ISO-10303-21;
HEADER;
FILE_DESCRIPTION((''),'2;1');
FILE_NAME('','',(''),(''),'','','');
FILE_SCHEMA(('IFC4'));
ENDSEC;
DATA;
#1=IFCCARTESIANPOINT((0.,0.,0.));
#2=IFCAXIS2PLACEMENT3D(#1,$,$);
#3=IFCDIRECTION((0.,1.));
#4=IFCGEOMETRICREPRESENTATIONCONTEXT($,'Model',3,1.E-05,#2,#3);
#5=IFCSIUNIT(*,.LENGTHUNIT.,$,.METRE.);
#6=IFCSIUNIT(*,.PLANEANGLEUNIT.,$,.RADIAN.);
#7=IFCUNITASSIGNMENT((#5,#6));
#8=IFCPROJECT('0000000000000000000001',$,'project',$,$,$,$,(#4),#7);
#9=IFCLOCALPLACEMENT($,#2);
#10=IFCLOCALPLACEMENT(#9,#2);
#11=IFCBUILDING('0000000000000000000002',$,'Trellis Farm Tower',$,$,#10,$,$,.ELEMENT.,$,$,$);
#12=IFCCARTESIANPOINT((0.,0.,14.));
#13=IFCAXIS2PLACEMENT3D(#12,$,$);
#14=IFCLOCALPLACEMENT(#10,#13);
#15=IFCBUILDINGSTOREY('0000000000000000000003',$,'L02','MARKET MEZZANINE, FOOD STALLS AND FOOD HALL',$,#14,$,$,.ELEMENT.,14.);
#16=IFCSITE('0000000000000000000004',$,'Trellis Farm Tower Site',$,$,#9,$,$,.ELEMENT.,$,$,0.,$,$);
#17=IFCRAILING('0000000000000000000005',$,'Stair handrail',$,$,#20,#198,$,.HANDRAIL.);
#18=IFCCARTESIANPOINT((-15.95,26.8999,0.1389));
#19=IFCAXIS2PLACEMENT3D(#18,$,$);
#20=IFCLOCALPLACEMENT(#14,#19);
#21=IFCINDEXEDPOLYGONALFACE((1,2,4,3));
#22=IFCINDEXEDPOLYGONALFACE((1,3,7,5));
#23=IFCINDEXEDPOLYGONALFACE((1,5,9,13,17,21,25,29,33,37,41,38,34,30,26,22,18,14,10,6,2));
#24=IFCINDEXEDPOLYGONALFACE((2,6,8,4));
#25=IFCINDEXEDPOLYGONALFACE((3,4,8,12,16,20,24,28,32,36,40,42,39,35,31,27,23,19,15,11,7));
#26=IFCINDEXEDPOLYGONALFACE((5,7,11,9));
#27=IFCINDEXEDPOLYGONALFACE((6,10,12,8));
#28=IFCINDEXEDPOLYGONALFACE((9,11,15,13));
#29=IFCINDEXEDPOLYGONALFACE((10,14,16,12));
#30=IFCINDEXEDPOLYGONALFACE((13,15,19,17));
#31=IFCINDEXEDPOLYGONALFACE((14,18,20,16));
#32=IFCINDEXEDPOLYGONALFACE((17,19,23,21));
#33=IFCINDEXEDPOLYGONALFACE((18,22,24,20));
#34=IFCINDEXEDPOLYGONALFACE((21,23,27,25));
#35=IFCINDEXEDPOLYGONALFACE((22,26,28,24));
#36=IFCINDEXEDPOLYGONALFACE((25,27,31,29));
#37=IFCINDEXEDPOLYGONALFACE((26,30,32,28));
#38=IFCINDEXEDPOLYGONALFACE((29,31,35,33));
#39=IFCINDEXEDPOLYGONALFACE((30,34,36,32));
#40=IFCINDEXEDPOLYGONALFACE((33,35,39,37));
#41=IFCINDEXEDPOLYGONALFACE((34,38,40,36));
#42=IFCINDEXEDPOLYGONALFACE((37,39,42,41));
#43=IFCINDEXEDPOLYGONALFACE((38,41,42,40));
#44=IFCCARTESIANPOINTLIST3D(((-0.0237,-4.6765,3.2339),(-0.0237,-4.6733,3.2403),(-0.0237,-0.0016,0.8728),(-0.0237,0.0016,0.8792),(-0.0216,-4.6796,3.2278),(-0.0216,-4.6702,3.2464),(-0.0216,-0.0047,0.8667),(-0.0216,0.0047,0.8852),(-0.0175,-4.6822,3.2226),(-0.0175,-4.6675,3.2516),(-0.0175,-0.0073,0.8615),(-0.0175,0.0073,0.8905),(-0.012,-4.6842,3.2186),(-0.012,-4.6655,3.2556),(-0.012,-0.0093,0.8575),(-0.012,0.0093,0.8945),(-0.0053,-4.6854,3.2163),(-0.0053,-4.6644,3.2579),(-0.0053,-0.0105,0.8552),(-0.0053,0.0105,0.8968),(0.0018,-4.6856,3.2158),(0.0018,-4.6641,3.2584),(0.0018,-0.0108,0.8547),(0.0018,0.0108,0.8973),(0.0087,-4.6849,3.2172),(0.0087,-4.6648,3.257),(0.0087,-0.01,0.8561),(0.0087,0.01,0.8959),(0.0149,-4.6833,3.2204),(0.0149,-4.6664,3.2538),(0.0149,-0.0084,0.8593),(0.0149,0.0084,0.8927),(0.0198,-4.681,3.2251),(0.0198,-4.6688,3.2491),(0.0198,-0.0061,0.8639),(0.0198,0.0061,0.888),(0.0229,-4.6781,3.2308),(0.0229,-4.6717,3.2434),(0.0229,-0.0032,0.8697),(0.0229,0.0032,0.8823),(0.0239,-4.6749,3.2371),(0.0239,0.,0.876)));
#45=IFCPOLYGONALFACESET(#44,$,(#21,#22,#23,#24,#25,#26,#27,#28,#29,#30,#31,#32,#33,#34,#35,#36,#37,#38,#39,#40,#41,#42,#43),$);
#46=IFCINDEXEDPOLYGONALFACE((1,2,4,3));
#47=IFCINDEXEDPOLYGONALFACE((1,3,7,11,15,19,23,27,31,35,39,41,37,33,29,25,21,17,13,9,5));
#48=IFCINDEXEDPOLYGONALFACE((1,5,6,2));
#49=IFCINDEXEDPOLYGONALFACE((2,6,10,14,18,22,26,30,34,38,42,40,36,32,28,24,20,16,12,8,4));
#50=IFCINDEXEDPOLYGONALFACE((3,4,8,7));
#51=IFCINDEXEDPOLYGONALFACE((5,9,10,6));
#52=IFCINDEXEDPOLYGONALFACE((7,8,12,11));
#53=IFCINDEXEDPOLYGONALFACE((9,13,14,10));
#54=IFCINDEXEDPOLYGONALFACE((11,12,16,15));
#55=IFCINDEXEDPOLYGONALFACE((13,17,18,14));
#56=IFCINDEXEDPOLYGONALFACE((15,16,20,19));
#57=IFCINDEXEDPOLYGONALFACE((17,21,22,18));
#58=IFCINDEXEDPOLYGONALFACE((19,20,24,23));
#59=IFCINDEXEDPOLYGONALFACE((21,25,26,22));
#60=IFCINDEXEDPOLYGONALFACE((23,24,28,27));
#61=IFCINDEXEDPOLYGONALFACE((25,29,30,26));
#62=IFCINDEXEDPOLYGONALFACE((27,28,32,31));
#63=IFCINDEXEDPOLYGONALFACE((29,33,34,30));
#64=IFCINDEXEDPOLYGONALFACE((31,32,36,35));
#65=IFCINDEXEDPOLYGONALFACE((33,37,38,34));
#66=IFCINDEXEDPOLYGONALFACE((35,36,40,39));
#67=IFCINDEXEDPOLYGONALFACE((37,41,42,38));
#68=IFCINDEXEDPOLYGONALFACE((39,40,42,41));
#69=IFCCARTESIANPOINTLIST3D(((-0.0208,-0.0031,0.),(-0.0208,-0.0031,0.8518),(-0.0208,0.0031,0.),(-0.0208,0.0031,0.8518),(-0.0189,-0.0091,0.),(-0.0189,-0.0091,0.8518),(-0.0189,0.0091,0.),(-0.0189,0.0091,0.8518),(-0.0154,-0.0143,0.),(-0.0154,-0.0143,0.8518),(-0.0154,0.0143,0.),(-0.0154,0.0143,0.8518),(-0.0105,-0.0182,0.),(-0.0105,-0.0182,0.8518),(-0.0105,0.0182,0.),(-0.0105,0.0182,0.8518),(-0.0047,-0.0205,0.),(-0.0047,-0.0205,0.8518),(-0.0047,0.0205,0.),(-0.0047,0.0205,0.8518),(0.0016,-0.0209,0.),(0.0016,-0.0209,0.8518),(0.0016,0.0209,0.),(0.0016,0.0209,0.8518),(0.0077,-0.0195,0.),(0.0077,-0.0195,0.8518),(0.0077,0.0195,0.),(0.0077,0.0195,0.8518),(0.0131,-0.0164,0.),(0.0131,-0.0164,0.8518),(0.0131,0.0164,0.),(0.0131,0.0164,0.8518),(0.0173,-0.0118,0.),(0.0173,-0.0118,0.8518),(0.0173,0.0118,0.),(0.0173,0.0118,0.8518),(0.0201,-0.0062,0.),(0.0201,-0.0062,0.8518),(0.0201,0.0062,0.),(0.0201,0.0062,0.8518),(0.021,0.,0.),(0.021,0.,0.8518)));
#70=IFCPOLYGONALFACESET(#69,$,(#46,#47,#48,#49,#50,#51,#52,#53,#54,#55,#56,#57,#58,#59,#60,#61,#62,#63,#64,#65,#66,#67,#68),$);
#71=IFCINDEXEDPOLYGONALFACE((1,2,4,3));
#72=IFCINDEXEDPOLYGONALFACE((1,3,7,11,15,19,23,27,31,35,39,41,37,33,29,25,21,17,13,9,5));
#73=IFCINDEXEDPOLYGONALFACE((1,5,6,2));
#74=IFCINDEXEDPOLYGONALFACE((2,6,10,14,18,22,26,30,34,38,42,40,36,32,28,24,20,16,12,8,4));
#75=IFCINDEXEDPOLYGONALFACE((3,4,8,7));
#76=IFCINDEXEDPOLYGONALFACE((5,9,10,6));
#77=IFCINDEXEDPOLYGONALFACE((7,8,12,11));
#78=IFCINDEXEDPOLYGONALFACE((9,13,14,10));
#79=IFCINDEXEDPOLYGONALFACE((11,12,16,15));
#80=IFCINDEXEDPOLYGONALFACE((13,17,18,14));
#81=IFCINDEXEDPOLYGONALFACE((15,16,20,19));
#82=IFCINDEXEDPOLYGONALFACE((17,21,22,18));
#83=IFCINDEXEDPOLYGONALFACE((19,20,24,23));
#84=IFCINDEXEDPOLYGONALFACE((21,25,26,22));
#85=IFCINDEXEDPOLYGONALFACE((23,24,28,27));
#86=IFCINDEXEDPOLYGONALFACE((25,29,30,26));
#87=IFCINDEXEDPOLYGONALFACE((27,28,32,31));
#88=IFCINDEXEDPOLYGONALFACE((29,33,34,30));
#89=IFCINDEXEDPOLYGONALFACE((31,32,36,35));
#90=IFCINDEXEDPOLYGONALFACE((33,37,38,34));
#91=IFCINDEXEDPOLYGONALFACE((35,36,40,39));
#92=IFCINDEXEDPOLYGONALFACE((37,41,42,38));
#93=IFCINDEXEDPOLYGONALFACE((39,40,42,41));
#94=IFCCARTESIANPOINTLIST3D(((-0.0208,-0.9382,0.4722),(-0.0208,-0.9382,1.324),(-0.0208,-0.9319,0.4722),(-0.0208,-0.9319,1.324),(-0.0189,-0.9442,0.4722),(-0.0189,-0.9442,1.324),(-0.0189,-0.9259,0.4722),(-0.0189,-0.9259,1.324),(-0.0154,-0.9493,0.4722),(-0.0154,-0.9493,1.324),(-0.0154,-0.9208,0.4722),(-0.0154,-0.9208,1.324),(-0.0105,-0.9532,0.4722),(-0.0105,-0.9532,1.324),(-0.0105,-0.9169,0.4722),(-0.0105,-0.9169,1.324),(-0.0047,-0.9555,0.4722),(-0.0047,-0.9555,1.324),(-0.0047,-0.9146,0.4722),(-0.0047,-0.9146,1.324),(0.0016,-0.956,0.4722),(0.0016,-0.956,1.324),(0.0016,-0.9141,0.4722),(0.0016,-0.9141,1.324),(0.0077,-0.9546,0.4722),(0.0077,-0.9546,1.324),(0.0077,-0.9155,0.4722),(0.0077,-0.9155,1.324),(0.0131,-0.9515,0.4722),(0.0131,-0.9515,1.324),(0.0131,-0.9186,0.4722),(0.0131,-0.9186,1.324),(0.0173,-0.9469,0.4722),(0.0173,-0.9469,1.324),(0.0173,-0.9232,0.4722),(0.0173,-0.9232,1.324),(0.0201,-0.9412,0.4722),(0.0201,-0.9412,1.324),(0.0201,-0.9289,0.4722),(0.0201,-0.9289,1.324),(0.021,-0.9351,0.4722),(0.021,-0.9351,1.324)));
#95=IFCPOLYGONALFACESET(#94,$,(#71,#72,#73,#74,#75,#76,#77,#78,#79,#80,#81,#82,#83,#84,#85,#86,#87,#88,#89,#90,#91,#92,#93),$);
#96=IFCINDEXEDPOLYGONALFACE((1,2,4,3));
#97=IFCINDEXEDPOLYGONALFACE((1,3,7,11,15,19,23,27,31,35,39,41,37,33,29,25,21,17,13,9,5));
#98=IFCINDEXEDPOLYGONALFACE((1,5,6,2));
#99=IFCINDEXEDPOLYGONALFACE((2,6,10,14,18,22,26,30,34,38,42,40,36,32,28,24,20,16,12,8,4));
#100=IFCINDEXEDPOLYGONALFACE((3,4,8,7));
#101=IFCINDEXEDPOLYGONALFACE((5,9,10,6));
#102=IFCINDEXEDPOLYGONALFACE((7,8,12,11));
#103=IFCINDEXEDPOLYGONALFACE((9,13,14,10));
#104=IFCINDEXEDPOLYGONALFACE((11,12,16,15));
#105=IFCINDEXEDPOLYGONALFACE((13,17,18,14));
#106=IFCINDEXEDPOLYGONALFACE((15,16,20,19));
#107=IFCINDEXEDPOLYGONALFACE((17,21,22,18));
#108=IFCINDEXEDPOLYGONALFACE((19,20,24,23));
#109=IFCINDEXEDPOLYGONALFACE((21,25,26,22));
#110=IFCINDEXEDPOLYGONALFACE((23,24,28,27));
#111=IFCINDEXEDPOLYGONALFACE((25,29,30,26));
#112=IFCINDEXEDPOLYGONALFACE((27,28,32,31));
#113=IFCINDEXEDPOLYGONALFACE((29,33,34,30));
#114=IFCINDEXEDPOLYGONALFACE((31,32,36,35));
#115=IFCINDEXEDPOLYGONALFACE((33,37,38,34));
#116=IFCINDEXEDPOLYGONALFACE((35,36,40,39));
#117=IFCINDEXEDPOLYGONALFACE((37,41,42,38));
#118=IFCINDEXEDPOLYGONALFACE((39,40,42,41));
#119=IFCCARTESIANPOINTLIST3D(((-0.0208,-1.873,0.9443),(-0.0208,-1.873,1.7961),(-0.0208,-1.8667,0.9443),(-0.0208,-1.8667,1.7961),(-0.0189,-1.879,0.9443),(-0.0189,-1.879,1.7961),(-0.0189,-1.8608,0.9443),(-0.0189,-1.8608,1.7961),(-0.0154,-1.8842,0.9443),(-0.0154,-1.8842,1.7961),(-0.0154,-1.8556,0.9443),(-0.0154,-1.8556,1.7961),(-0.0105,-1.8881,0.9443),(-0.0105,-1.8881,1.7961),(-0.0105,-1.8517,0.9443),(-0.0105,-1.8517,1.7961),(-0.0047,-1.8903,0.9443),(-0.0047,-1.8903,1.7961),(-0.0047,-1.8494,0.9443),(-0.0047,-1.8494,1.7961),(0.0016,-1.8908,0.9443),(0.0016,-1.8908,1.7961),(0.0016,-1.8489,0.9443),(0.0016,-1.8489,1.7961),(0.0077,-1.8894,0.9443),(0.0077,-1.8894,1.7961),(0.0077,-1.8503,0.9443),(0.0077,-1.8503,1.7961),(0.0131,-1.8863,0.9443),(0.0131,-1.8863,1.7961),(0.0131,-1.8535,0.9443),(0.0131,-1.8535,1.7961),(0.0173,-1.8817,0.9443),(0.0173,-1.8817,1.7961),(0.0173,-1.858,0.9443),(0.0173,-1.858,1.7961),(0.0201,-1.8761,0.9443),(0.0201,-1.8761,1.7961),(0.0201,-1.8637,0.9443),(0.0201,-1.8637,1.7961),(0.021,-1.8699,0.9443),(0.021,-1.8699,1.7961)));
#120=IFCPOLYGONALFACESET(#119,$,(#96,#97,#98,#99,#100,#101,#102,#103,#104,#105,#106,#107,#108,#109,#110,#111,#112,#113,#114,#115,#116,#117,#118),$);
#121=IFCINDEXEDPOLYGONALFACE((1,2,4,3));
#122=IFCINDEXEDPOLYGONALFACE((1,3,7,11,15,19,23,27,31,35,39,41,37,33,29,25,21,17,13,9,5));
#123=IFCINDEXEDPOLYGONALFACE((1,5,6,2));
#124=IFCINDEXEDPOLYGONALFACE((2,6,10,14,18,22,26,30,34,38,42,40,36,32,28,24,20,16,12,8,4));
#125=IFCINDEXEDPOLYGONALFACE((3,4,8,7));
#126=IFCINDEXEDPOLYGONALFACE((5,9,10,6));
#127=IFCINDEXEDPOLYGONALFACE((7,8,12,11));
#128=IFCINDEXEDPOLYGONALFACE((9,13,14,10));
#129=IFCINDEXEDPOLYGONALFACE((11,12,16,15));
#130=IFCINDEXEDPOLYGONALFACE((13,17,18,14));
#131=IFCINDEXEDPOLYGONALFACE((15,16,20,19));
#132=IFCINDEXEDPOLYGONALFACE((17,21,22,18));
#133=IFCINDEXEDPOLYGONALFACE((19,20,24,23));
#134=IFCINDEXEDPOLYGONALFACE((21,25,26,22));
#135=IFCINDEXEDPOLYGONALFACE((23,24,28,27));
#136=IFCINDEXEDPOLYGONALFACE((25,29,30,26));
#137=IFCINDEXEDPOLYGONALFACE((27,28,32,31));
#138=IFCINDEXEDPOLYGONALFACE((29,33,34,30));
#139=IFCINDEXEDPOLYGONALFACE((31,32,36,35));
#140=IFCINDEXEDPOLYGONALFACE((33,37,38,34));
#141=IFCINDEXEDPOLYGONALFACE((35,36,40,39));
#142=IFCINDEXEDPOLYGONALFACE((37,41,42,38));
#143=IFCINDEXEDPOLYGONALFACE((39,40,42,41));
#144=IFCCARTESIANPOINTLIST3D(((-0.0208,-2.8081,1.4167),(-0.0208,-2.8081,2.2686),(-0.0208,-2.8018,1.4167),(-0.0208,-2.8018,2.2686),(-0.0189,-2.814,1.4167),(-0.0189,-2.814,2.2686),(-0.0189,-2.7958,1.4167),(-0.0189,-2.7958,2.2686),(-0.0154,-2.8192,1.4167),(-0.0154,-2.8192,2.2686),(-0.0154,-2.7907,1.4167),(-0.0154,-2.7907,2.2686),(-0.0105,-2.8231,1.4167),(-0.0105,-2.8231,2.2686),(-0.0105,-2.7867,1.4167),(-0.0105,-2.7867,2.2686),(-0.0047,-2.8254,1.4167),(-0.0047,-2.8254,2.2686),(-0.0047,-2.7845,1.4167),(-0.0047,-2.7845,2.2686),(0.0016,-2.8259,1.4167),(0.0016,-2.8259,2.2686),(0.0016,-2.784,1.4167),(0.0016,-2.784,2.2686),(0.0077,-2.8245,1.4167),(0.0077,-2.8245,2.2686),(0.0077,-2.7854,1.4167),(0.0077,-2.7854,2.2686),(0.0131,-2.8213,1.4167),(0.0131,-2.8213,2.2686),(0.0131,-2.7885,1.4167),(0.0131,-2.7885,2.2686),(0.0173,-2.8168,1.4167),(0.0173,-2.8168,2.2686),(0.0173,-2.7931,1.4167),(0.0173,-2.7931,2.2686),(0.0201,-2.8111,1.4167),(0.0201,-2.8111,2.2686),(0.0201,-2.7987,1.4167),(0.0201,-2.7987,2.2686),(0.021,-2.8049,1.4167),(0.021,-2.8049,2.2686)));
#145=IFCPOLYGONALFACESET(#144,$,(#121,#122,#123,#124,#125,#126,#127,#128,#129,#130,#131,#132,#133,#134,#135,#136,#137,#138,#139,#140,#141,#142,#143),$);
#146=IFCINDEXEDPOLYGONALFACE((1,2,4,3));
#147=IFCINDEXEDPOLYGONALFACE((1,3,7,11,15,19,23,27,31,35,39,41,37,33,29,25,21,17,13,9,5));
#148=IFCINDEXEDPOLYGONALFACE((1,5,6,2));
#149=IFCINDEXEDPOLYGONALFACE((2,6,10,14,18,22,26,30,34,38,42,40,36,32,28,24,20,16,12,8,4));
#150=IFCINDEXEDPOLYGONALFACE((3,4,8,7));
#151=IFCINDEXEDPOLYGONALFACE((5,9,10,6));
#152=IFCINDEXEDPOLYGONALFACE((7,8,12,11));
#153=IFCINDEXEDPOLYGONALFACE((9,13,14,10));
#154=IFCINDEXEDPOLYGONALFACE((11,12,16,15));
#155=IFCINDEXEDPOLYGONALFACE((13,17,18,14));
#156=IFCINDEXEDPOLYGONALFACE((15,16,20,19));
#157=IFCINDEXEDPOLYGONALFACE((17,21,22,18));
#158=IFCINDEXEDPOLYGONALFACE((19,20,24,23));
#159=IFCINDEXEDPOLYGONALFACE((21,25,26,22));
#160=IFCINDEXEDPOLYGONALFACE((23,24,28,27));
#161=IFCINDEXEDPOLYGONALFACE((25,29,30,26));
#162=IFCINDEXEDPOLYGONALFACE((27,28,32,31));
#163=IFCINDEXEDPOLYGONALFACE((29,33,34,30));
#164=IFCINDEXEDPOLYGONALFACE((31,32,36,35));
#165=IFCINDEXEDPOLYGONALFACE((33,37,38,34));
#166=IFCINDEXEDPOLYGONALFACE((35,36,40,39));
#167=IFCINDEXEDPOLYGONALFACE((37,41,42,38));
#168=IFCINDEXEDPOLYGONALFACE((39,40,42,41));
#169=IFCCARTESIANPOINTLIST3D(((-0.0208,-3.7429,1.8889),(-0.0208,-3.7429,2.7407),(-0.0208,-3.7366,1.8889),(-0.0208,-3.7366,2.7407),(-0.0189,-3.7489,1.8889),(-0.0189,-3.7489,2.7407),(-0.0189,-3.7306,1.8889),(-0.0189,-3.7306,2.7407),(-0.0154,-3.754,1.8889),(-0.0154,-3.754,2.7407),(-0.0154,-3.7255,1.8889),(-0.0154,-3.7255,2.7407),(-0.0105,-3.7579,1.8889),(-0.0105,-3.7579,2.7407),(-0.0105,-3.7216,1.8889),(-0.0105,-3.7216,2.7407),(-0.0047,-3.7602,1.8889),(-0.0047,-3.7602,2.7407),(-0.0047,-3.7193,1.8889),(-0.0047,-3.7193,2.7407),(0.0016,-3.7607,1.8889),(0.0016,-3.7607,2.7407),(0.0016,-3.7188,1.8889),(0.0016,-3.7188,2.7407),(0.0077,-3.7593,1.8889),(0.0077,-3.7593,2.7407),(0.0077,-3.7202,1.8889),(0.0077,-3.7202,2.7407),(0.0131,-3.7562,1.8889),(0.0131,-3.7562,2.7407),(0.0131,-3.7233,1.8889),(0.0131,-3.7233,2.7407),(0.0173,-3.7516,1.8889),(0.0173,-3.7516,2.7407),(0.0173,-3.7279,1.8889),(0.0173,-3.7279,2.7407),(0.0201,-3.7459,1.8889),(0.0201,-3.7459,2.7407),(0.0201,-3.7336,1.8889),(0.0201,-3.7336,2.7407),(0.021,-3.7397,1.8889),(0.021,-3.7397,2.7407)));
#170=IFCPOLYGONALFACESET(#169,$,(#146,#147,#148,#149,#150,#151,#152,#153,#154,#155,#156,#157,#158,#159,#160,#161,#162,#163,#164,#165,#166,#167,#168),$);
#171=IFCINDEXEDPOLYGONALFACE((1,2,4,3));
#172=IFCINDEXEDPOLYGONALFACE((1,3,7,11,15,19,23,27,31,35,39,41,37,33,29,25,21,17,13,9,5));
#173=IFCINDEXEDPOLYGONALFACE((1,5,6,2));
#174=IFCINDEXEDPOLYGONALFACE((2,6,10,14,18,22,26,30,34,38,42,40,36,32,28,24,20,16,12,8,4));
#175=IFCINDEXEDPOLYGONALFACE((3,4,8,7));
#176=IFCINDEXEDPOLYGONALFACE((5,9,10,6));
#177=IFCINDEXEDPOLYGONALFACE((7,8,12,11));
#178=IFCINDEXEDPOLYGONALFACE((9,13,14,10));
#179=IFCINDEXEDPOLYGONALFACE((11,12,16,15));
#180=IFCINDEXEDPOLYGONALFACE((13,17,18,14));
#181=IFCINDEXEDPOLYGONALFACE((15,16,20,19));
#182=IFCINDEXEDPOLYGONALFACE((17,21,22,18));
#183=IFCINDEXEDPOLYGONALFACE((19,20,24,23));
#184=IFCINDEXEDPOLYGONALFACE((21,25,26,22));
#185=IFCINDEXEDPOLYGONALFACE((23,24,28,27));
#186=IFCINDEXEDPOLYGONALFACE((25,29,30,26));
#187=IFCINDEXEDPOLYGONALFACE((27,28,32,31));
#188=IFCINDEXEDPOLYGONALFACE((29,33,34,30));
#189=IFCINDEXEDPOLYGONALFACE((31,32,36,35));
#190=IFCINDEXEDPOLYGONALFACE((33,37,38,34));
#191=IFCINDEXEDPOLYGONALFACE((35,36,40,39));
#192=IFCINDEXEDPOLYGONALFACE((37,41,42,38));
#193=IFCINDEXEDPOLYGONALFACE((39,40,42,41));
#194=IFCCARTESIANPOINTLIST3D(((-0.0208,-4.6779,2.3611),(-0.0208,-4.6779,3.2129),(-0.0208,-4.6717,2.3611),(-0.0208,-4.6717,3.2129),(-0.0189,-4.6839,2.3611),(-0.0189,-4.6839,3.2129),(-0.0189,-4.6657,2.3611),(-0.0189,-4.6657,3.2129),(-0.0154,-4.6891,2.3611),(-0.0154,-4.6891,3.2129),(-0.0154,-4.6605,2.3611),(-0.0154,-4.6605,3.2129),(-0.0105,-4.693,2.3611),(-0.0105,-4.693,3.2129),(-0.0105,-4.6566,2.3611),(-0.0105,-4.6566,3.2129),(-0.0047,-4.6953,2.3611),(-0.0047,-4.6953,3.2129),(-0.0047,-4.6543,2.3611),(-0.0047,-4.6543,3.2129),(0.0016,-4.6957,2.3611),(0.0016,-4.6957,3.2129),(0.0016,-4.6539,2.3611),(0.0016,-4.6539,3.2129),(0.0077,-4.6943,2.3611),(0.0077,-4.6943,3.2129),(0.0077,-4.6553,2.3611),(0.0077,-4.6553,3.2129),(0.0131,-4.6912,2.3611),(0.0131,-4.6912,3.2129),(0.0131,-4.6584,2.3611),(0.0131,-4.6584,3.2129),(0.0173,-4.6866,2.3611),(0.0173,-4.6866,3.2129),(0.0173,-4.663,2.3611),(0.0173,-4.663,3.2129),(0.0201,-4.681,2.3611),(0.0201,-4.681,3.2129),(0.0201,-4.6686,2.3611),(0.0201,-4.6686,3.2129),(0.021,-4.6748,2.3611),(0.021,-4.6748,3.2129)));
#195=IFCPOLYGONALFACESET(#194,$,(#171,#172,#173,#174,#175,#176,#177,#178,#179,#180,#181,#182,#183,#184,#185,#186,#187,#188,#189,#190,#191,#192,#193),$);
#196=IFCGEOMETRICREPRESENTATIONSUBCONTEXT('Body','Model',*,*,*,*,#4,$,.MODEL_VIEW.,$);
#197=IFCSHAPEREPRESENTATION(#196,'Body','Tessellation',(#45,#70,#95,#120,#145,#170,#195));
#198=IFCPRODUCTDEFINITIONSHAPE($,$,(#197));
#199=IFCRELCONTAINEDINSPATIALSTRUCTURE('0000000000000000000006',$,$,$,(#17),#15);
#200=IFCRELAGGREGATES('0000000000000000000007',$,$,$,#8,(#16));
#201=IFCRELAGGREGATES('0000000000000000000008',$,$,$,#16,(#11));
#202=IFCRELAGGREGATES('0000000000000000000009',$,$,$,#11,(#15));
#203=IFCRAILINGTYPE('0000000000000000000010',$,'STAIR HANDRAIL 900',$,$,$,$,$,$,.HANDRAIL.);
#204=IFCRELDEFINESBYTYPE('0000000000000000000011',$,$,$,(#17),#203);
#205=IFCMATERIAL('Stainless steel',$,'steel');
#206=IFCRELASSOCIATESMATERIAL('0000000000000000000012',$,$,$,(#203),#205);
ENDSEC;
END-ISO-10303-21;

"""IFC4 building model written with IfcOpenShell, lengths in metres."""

from ifc_helpers import new_model, si_unit, direction, frame, origin, origin_2d, place, context, subcontext, project, spatial, circle, extrude, source, transform, mapped, material, type_object, element, save


model = new_model("IFC4")

# Units and contexts
model_context = context("Model", 3, precision=1e-05, world=origin(), true_north=direction((0.0, 1.0)))
body_context = subcontext(model_context, "Body", "Model", "MODEL_VIEW")
ifc_project = project(units=[si_unit("LENGTHUNIT", "METRE"), si_unit("PLANEANGLEUNIT", "RADIAN")], contexts=[model_context])

# Site, building, storey
site_placement = place(None, origin())
site = spatial("IfcSite", under=ifc_project, at=site_placement, Name="Trellis Farm Tower Site", CompositionType="ELEMENT", RefElevation=0.0)
building_placement = place(site_placement, origin())
building = spatial("IfcBuilding", under=site, at=building_placement, Name="Trellis Farm Tower", CompositionType="ELEMENT")
storey_placement = place(building_placement, frame((0.0, 0.0, 14.0)))
storey = spatial("IfcBuildingStorey", under=building, at=storey_placement, Name="L02", Description="MARKET MEZZANINE, FOOD STALLS AND FOOD HALL", CompositionType="ELEMENT", Elevation=14.0)

# Railing
ifc_material_1 = material(Name="Stainless steel", Category="steel")
railing_type = type_object("IfcRailingType", Name="STAIR HANDRAIL 900", PredefinedType="HANDRAIL", material=ifc_material_1)
shared_shape_1 = source(origin(), body_context, "Body", "SweptSolid", [
    extrude(circle(Radius=0.0239, at=origin_2d()), frame((0.0, 0.0, 0.876), z_axis=(0.0, -0.892611, 0.450827), x_axis=(1.0, 0.0, 0.0)), (0.0, 0.0, 1.0), 5.2373),
    extrude(circle(Radius=0.021, at=origin_2d()), origin(), (0.0, 0.0, 1.0), 0.8518),
    extrude(circle(Radius=0.021, at=origin_2d()), frame((0.0, -0.9351, 0.4722)), (0.0, 0.0, 1.0), 0.8518),
    extrude(circle(Radius=0.021, at=origin_2d()), frame((0.0, -1.8699, 0.9443)), (0.0, 0.0, 1.0), 0.8518),
    extrude(circle(Radius=0.021, at=origin_2d()), frame((0.0, -2.8049, 1.4167)), (0.0, 0.0, 1.0), 0.8518),
    extrude(circle(Radius=0.021, at=origin_2d()), frame((0.0, -3.7397, 1.8889)), (0.0, 0.0, 1.0), 0.8518),
    extrude(circle(Radius=0.021, at=origin_2d()), frame((0.0, -4.6748, 2.3611)), (0.0, 0.0, 1.0), 0.8518),
])
for number, where, name in (
    (1, (-15.95, 26.8999, 0.1389), "Stair handrail"),
):
    element("IfcRailing", number, at=place(storey_placement, frame(where)), inside=storey, type_object=railing_type, Name=name, PredefinedType="HANDRAIL", context=body_context, shape_type="MappedRepresentation", body=[
        mapped(shared_shape_1, transform((0.0, 0.0, 0.0))),
    ])

save(model, "model.ifc")
